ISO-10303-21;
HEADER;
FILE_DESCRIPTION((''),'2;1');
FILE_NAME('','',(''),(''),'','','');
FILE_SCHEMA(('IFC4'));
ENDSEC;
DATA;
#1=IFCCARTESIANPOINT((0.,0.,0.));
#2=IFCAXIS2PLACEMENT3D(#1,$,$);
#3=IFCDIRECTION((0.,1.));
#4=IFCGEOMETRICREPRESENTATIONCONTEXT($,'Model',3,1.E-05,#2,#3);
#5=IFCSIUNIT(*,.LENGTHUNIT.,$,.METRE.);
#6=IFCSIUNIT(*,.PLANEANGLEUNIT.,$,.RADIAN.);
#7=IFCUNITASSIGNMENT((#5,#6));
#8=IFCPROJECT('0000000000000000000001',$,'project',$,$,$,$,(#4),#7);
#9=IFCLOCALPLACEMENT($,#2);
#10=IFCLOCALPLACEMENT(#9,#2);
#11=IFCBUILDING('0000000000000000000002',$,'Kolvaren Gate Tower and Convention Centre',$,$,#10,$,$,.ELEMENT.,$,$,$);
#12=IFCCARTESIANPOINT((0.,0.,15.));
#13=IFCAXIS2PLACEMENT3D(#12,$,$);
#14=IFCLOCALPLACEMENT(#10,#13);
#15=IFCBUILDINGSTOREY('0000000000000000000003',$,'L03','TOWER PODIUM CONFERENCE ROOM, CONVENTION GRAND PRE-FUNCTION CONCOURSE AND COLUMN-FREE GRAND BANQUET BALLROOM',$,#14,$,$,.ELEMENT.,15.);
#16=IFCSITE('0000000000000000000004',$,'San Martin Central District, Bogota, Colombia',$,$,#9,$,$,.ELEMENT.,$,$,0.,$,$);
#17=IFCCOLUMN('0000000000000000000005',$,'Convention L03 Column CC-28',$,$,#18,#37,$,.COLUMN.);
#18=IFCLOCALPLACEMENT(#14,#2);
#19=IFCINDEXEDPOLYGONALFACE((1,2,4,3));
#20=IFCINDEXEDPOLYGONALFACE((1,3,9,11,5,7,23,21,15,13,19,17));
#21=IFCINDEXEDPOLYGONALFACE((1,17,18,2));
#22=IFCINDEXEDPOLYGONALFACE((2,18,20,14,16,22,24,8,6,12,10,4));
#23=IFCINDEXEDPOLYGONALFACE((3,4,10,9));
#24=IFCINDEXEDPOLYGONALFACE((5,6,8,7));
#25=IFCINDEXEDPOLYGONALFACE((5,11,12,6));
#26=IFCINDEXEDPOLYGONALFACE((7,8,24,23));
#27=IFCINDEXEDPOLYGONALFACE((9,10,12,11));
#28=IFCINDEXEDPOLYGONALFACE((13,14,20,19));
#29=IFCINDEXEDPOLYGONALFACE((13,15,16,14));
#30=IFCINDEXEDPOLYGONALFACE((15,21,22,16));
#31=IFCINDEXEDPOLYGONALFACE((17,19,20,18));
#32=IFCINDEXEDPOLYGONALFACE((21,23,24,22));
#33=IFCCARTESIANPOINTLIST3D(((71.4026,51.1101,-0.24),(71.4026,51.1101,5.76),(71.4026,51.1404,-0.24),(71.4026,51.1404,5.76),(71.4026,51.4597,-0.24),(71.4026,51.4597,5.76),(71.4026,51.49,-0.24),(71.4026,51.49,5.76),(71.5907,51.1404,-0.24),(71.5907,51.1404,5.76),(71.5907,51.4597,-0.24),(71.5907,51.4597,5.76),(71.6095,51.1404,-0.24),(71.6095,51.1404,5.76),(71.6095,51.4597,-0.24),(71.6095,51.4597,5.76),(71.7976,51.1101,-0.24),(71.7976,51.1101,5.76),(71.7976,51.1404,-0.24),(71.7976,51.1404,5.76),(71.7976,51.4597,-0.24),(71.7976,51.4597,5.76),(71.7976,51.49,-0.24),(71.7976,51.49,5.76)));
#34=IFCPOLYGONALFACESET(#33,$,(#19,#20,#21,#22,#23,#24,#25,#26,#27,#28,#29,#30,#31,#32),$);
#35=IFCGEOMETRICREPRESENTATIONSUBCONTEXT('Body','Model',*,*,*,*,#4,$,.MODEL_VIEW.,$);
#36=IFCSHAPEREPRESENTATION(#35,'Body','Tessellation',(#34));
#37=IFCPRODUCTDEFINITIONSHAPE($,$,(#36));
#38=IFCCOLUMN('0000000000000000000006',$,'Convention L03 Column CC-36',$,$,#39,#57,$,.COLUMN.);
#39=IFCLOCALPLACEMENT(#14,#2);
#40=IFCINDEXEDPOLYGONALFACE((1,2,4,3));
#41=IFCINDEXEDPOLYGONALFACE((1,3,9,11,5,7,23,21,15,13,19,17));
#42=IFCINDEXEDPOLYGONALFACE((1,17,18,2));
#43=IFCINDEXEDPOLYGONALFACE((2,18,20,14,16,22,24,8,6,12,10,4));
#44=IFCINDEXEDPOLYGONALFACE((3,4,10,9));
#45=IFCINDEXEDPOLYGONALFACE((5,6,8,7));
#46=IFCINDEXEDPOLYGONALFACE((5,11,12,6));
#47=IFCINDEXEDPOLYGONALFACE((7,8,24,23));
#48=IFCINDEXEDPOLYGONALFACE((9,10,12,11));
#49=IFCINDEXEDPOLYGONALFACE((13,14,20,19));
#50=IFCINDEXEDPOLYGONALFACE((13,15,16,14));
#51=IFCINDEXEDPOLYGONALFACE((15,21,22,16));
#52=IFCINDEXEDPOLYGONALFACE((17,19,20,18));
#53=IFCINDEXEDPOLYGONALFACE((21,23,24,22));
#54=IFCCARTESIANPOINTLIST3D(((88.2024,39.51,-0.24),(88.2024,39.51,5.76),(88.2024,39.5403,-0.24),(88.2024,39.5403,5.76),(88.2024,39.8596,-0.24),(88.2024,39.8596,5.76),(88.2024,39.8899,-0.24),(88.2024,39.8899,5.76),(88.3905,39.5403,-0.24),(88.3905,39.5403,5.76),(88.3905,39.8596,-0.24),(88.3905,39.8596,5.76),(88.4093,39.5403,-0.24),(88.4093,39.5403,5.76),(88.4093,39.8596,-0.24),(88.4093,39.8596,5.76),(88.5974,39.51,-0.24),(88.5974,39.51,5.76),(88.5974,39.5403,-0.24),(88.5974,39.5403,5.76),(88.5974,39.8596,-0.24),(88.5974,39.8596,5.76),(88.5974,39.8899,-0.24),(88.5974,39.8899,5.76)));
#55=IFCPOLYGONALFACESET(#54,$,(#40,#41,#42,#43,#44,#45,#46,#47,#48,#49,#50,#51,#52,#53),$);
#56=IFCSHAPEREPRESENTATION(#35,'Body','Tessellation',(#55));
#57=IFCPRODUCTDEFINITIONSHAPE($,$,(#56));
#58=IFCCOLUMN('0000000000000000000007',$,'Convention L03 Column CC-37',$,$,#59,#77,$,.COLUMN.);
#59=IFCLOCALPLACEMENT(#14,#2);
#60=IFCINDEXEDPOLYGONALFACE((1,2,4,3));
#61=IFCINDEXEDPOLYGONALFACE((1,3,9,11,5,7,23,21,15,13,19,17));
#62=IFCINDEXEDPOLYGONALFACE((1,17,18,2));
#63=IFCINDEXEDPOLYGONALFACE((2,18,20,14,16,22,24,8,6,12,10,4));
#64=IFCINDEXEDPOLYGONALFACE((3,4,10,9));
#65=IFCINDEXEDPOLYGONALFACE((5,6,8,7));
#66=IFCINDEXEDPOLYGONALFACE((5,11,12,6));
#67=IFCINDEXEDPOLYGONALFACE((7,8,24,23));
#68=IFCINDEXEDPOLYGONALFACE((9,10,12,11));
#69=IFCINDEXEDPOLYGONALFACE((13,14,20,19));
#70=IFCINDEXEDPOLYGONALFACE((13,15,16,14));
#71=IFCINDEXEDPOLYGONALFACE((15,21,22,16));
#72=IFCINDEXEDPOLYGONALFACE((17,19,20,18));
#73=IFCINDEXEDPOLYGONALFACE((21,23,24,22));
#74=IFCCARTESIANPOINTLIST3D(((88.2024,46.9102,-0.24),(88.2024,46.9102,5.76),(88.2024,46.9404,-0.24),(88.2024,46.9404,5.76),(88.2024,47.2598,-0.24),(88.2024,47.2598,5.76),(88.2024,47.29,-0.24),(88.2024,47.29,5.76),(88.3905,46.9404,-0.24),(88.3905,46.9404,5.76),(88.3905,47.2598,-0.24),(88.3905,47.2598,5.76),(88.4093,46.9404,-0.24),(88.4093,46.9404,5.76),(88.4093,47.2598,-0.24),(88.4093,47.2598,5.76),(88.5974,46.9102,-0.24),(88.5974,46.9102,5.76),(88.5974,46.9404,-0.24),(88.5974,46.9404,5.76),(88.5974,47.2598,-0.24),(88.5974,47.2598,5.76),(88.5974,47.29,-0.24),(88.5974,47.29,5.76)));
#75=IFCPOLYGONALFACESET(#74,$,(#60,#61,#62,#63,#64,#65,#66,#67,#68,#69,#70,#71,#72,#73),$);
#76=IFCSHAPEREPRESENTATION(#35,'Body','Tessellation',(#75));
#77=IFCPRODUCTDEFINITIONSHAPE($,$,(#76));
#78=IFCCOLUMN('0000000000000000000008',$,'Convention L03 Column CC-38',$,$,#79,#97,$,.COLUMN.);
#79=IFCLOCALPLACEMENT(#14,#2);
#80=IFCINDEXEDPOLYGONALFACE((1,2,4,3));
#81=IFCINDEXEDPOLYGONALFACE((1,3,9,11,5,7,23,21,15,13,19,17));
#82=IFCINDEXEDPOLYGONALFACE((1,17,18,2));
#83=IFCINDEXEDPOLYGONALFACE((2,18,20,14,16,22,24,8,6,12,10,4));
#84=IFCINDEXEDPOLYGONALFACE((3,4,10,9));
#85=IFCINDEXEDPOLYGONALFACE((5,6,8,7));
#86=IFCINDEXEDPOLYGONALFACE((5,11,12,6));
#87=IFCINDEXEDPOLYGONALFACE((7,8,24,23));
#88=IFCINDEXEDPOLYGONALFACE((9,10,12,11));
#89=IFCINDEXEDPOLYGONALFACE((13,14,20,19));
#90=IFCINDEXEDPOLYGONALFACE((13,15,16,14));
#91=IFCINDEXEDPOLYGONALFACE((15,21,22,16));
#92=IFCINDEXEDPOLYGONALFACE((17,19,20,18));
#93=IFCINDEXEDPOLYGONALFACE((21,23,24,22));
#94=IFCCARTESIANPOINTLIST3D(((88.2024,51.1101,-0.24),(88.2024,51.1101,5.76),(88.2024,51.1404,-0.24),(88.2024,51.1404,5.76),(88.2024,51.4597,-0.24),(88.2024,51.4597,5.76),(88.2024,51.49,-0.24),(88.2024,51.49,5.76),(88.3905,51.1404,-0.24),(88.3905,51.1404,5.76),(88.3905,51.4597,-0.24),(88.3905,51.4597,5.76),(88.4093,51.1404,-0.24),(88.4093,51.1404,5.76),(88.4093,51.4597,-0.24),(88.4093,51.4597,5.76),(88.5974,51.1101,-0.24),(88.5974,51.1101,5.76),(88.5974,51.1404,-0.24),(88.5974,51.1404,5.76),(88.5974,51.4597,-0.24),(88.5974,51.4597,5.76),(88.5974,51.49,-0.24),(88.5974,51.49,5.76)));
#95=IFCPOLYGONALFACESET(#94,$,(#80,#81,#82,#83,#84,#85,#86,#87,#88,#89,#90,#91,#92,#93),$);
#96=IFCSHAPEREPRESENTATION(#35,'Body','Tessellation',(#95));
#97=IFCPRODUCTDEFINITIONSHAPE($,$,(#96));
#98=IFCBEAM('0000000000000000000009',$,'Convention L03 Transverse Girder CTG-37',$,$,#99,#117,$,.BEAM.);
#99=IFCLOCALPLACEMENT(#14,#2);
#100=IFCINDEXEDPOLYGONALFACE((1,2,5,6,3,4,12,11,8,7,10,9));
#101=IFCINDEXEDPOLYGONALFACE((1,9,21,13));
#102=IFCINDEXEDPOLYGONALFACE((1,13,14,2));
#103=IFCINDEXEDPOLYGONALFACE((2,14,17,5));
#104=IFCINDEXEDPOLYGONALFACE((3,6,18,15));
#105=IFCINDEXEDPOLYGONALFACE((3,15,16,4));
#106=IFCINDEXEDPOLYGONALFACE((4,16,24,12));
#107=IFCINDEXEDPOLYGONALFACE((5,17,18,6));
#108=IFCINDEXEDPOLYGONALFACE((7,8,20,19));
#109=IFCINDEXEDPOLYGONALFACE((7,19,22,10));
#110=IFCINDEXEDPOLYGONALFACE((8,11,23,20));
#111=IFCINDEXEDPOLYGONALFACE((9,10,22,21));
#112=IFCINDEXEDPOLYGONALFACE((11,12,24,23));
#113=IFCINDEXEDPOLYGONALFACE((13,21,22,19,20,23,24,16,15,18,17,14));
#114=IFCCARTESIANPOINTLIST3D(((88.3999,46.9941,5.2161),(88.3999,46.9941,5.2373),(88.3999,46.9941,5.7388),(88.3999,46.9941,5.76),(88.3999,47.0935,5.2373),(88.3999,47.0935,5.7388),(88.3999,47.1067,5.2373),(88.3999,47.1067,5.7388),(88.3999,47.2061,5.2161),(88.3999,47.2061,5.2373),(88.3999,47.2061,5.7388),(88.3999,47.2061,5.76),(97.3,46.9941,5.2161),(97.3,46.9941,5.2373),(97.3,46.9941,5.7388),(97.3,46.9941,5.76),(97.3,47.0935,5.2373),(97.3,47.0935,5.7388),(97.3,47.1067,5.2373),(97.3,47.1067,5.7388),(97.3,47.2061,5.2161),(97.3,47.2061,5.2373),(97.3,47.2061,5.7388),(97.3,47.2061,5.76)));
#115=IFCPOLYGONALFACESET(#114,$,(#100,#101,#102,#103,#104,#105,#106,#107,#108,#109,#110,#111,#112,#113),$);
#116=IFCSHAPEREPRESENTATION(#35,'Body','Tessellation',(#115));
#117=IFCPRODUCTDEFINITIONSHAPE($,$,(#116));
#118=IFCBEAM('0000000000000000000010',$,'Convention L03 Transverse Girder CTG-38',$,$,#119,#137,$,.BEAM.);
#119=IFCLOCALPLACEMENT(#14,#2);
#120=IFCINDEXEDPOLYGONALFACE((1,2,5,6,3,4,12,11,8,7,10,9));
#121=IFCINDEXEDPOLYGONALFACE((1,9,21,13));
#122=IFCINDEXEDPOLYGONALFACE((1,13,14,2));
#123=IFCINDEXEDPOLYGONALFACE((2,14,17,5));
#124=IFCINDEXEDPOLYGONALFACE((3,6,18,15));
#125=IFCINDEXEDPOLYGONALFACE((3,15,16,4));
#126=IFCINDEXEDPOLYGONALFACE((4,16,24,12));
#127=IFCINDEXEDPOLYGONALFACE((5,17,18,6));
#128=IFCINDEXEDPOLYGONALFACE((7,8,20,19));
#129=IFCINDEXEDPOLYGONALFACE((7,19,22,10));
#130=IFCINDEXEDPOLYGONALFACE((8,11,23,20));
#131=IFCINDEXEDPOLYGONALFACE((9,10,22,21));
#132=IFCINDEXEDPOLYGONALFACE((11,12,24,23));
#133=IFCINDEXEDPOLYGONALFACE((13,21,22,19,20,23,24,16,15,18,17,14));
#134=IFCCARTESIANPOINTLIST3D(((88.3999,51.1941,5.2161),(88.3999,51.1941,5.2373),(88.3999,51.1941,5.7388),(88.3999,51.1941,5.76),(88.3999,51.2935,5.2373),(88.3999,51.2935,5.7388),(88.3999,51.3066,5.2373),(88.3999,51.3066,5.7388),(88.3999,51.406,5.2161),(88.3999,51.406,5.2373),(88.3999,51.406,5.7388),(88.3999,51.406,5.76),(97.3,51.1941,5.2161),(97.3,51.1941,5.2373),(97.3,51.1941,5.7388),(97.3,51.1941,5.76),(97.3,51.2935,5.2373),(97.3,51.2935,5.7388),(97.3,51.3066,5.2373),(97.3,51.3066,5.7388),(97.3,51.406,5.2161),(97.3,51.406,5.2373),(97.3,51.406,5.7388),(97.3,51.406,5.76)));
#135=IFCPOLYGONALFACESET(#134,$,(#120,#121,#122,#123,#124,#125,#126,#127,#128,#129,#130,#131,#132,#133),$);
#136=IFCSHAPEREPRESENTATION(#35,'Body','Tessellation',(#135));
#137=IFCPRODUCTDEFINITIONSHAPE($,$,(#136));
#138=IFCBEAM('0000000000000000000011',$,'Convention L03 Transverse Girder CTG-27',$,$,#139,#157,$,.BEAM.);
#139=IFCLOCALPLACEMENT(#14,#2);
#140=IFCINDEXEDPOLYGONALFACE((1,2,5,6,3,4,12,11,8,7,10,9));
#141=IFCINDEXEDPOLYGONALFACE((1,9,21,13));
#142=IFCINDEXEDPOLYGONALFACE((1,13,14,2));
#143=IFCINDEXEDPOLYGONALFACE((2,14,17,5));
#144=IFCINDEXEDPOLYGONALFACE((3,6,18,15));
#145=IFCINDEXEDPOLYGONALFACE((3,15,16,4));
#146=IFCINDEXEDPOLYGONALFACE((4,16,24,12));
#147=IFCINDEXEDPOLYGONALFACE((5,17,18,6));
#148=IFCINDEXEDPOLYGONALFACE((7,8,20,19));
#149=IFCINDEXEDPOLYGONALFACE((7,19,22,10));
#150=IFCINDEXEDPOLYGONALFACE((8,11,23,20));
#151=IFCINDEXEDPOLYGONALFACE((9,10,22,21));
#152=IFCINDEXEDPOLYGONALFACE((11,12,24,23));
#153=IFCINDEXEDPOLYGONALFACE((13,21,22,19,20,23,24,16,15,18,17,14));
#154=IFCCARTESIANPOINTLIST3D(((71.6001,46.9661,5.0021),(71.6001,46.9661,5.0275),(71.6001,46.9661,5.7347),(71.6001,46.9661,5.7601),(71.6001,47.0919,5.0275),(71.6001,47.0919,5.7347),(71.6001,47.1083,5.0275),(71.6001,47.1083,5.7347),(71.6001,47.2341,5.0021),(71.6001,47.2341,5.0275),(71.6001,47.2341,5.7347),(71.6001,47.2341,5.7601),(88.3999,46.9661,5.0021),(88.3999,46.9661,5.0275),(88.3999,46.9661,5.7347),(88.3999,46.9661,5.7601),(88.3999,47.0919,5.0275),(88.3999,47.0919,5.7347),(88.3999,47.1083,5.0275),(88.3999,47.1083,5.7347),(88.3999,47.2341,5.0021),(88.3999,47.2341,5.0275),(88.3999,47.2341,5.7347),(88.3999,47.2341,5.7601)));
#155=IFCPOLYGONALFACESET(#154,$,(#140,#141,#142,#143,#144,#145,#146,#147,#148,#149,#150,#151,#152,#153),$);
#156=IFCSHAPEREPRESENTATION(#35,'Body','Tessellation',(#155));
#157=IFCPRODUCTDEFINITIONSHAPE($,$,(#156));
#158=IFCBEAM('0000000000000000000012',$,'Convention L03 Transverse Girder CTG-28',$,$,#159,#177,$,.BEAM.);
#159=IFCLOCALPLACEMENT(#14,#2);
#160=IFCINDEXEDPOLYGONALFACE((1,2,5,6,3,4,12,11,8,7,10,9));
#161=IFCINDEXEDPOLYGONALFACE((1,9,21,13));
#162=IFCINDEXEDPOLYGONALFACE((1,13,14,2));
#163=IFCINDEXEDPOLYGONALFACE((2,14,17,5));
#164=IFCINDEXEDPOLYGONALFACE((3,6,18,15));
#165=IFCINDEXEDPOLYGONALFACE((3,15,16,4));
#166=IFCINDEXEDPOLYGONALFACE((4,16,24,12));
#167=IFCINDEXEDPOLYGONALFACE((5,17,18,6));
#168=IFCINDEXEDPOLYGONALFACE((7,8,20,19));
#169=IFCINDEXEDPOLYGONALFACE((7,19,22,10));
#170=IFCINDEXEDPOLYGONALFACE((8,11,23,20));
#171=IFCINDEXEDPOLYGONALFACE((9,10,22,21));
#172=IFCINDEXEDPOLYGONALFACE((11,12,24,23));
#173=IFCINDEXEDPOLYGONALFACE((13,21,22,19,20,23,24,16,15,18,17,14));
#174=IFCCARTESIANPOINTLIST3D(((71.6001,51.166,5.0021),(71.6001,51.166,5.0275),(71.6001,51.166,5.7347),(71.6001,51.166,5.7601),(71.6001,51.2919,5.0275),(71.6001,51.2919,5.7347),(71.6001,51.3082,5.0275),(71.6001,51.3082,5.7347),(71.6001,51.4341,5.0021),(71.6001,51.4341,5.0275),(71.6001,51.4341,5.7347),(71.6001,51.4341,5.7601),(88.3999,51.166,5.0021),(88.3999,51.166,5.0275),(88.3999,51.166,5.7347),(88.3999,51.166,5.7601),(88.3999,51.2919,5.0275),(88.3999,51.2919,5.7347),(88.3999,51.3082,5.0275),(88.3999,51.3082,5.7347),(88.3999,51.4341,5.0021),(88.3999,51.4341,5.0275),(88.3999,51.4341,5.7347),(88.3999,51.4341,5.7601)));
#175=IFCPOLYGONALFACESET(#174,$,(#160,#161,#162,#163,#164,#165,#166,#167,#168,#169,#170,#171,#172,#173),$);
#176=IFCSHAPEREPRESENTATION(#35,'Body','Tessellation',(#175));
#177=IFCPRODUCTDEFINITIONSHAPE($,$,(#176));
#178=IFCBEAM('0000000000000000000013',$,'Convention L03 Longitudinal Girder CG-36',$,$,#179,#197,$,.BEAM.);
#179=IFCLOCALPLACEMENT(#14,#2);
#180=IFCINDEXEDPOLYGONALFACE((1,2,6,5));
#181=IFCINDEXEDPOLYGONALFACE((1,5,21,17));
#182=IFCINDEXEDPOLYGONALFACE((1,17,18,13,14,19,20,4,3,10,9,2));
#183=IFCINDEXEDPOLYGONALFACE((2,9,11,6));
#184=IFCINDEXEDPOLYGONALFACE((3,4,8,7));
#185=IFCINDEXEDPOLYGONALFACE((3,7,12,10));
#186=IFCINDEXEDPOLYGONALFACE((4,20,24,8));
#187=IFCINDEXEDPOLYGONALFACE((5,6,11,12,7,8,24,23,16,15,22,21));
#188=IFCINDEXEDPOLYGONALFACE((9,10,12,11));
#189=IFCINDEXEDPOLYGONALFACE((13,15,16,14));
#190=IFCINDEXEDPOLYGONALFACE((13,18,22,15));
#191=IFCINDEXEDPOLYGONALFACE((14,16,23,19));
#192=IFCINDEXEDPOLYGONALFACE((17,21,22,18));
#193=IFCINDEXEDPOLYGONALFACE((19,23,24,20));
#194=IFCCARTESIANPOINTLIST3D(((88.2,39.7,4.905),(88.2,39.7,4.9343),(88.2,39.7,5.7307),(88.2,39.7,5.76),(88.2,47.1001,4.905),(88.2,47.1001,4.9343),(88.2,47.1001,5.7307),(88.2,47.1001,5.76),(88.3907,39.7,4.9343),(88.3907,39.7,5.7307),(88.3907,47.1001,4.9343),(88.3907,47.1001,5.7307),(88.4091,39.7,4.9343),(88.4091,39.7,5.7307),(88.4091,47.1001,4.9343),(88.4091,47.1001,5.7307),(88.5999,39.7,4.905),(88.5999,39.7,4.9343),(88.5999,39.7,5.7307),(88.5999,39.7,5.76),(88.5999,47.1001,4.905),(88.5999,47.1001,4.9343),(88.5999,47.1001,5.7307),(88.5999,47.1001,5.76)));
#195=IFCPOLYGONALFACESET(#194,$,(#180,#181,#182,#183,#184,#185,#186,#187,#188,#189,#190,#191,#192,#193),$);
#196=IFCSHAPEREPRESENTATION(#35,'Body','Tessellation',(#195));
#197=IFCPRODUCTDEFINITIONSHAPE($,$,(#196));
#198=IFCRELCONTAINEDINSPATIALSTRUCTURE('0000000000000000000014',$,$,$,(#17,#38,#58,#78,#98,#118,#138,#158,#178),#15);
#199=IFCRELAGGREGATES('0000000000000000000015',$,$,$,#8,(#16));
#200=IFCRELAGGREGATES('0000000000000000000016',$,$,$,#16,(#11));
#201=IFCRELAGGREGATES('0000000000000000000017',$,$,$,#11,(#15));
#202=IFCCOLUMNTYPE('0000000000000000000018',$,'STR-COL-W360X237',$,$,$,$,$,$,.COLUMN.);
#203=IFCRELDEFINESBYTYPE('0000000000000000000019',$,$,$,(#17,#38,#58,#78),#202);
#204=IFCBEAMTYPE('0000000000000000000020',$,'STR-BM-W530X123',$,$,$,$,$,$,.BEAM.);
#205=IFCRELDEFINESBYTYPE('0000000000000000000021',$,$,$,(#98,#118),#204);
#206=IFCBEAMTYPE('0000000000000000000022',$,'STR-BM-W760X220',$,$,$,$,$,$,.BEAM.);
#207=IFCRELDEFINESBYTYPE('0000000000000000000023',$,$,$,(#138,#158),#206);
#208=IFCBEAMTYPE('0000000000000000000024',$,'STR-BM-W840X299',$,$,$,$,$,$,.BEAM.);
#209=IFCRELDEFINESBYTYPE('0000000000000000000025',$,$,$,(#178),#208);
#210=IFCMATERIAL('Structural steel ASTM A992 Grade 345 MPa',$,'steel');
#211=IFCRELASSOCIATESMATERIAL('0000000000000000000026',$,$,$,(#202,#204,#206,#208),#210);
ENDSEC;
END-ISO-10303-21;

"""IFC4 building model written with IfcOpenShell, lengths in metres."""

from ifc_helpers import new_model, si_unit, direction, frame, origin, origin_2d, place, context, subcontext, project, spatial, i_section, extrude, material, material_profile, profile_set, type_object, element, save


model = new_model("IFC4")

# Units and contexts
model_context = context("Model", 3, precision=1e-05, world=origin(), true_north=direction((0.0, 1.0)))
body_context = subcontext(model_context, "Body", "Model", "MODEL_VIEW")
ifc_project = project(units=[si_unit("LENGTHUNIT", "METRE"), si_unit("PLANEANGLEUNIT", "RADIAN")], contexts=[model_context])

# Site, building, storey
site_placement = place(None, origin())
site = spatial("IfcSite", under=ifc_project, at=site_placement, Name="San Martin Central District, Bogota, Colombia", CompositionType="ELEMENT", RefElevation=0.0)
building_placement = place(site_placement, origin())
building = spatial("IfcBuilding", under=site, at=building_placement, Name="Kolvaren Gate Tower and Convention Centre", CompositionType="ELEMENT")
storey_placement = place(building_placement, frame((0.0, 0.0, 15.0)))
storey = spatial("IfcBuildingStorey", under=building, at=storey_placement, Name="L03", Description="TOWER PODIUM CONFERENCE ROOM, CONVENTION GRAND PRE-FUNCTION CONCOURSE AND COLUMN-FREE GRAND BANQUET BALLROOM", CompositionType="ELEMENT", Elevation=15.0)

# Columns
ifc_material_1 = material(Name="Structural steel ASTM A992 Grade 345 MPa", Category="steel")
ifc_material_profile_1 = material_profile(ifc_material_1, i_section(OverallWidth=0.395, OverallDepth=0.3799, WebThickness=0.0188, FlangeThickness=0.0303, at=origin_2d()), Name="W360X237")
ifc_profile_set_1 = profile_set([ifc_material_profile_1], Name="Structural steel ASTM A992 Grade 345 MPa")
column_type = type_object("IfcColumnType", Name="STR-COL-W360X237", PredefinedType="COLUMN", material=ifc_profile_set_1)
for number, where, z_axis, x_axis, name in (
    (1, (71.6001, 51.3, -0.24), (0.0, 0.0, 1.0), (1.0, 0.0, 0.0), "Convention L03 Column CC-28"),
    (2, (88.3999, 39.7, -0.24), (0.0, 0.0, 1.0), (1.0, 0.0, 0.0), "Convention L03 Column CC-36"),
    (3, (88.3999, 47.1001, -0.24), (0.0, 0.0, 1.0), (1.0, 0.0, 0.0), "Convention L03 Column CC-37"),
    (4, (88.3999, 51.3, -0.24), (0.0, 0.0, 1.0), (1.0, 0.0, 0.0), "Convention L03 Column CC-38"),
):
    element("IfcColumn", number, at=place(storey_placement, frame(where, z_axis=z_axis, x_axis=x_axis)), inside=storey, type_object=column_type, Name=name, PredefinedType="COLUMN", context=body_context, shape_type="SweptSolid", body=[
        extrude(i_section(OverallWidth=0.395, OverallDepth=0.3799, WebThickness=0.0188, FlangeThickness=0.0303, at=origin_2d()), origin(), (0.0, 0.0, 1.0), 6.0),
    ])

# Beams
ifc_material_profile_2 = material_profile(ifc_material_1, i_section(OverallWidth=0.2119, OverallDepth=0.5439, WebThickness=0.0132, FlangeThickness=0.0212, at=origin_2d()), Name="W530X123")
ifc_profile_set_2 = profile_set([ifc_material_profile_2], Name="Structural steel ASTM A992 Grade 345 MPa")
beam_type_1 = type_object("IfcBeamType", Name="STR-BM-W530X123", PredefinedType="BEAM", material=ifc_profile_set_2)
for number, where, z_axis, x_axis, name in (
    (5, (88.3999, 47.1001, 5.488), (1.0, 0.0, 0.0), (0.0, 1.0, 0.0), "Convention L03 Transverse Girder CTG-37"),
    (6, (88.3999, 51.3, 5.488), (1.0, 0.0, 0.0), (0.0, 1.0, 0.0), "Convention L03 Transverse Girder CTG-38"),
):
    element("IfcBeam", number, at=place(storey_placement, frame(where, z_axis=z_axis, x_axis=x_axis)), inside=storey, type_object=beam_type_1, Name=name, PredefinedType="BEAM", context=body_context, shape_type="SweptSolid", body=[
        extrude(i_section(OverallWidth=0.2119, OverallDepth=0.5439, WebThickness=0.0132, FlangeThickness=0.0212, at=origin_2d()), origin(), (0.0, 0.0, 1.0), 8.9001),
    ])
ifc_material_profile_3 = material_profile(ifc_material_1, i_section(OverallWidth=0.2681, OverallDepth=0.7581, WebThickness=0.0164, FlangeThickness=0.0254, at=origin_2d()), Name="W760X220")
ifc_profile_set_3 = profile_set([ifc_material_profile_3], Name="Structural steel ASTM A992 Grade 345 MPa")
beam_type_2 = type_object("IfcBeamType", Name="STR-BM-W760X220", PredefinedType="BEAM", material=ifc_profile_set_3)
for number, where, z_axis, x_axis, name in (
    (7, (71.6001, 47.1001, 5.3811), (1.0, 0.0, 0.0), (0.0, 1.0, 0.0), "Convention L03 Transverse Girder CTG-27"),
    (8, (71.6001, 51.3, 5.3811), (1.0, 0.0, 0.0), (0.0, 1.0, 0.0), "Convention L03 Transverse Girder CTG-28"),
):
    element("IfcBeam", number, at=place(storey_placement, frame(where, z_axis=z_axis, x_axis=x_axis)), inside=storey, type_object=beam_type_2, Name=name, PredefinedType="BEAM", context=body_context, shape_type="SweptSolid", body=[
        extrude(i_section(OverallWidth=0.2681, OverallDepth=0.7581, WebThickness=0.0164, FlangeThickness=0.0254, at=origin_2d()), origin(), (0.0, 0.0, 1.0), 16.7998),
    ])
ifc_material_profile_4 = material_profile(ifc_material_1, i_section(OverallWidth=0.3999, OverallDepth=0.855, WebThickness=0.0183, FlangeThickness=0.0293, at=origin_2d()), Name="W840X299")
ifc_profile_set_4 = profile_set([ifc_material_profile_4], Name="Structural steel ASTM A992 Grade 345 MPa")
beam_type_3 = type_object("IfcBeamType", Name="STR-BM-W840X299", PredefinedType="BEAM", material=ifc_profile_set_4)
beam_1_placement = place(storey_placement, frame((88.3999, 39.7, 5.3325), z_axis=(0.0, 1.0, 0.0), x_axis=(-1.0, 0.0, 0.0)))
element("IfcBeam", 9, at=beam_1_placement, inside=storey, type_object=beam_type_3, Name="Convention L03 Longitudinal Girder CG-36", PredefinedType="BEAM", context=body_context, shape_type="SweptSolid", body=[
    extrude(i_section(OverallWidth=0.3999, OverallDepth=0.855, WebThickness=0.0183, FlangeThickness=0.0293, at=origin_2d()), origin(), (0.0, 0.0, 1.0), 7.4001),
])

save(model, "model.ifc")
